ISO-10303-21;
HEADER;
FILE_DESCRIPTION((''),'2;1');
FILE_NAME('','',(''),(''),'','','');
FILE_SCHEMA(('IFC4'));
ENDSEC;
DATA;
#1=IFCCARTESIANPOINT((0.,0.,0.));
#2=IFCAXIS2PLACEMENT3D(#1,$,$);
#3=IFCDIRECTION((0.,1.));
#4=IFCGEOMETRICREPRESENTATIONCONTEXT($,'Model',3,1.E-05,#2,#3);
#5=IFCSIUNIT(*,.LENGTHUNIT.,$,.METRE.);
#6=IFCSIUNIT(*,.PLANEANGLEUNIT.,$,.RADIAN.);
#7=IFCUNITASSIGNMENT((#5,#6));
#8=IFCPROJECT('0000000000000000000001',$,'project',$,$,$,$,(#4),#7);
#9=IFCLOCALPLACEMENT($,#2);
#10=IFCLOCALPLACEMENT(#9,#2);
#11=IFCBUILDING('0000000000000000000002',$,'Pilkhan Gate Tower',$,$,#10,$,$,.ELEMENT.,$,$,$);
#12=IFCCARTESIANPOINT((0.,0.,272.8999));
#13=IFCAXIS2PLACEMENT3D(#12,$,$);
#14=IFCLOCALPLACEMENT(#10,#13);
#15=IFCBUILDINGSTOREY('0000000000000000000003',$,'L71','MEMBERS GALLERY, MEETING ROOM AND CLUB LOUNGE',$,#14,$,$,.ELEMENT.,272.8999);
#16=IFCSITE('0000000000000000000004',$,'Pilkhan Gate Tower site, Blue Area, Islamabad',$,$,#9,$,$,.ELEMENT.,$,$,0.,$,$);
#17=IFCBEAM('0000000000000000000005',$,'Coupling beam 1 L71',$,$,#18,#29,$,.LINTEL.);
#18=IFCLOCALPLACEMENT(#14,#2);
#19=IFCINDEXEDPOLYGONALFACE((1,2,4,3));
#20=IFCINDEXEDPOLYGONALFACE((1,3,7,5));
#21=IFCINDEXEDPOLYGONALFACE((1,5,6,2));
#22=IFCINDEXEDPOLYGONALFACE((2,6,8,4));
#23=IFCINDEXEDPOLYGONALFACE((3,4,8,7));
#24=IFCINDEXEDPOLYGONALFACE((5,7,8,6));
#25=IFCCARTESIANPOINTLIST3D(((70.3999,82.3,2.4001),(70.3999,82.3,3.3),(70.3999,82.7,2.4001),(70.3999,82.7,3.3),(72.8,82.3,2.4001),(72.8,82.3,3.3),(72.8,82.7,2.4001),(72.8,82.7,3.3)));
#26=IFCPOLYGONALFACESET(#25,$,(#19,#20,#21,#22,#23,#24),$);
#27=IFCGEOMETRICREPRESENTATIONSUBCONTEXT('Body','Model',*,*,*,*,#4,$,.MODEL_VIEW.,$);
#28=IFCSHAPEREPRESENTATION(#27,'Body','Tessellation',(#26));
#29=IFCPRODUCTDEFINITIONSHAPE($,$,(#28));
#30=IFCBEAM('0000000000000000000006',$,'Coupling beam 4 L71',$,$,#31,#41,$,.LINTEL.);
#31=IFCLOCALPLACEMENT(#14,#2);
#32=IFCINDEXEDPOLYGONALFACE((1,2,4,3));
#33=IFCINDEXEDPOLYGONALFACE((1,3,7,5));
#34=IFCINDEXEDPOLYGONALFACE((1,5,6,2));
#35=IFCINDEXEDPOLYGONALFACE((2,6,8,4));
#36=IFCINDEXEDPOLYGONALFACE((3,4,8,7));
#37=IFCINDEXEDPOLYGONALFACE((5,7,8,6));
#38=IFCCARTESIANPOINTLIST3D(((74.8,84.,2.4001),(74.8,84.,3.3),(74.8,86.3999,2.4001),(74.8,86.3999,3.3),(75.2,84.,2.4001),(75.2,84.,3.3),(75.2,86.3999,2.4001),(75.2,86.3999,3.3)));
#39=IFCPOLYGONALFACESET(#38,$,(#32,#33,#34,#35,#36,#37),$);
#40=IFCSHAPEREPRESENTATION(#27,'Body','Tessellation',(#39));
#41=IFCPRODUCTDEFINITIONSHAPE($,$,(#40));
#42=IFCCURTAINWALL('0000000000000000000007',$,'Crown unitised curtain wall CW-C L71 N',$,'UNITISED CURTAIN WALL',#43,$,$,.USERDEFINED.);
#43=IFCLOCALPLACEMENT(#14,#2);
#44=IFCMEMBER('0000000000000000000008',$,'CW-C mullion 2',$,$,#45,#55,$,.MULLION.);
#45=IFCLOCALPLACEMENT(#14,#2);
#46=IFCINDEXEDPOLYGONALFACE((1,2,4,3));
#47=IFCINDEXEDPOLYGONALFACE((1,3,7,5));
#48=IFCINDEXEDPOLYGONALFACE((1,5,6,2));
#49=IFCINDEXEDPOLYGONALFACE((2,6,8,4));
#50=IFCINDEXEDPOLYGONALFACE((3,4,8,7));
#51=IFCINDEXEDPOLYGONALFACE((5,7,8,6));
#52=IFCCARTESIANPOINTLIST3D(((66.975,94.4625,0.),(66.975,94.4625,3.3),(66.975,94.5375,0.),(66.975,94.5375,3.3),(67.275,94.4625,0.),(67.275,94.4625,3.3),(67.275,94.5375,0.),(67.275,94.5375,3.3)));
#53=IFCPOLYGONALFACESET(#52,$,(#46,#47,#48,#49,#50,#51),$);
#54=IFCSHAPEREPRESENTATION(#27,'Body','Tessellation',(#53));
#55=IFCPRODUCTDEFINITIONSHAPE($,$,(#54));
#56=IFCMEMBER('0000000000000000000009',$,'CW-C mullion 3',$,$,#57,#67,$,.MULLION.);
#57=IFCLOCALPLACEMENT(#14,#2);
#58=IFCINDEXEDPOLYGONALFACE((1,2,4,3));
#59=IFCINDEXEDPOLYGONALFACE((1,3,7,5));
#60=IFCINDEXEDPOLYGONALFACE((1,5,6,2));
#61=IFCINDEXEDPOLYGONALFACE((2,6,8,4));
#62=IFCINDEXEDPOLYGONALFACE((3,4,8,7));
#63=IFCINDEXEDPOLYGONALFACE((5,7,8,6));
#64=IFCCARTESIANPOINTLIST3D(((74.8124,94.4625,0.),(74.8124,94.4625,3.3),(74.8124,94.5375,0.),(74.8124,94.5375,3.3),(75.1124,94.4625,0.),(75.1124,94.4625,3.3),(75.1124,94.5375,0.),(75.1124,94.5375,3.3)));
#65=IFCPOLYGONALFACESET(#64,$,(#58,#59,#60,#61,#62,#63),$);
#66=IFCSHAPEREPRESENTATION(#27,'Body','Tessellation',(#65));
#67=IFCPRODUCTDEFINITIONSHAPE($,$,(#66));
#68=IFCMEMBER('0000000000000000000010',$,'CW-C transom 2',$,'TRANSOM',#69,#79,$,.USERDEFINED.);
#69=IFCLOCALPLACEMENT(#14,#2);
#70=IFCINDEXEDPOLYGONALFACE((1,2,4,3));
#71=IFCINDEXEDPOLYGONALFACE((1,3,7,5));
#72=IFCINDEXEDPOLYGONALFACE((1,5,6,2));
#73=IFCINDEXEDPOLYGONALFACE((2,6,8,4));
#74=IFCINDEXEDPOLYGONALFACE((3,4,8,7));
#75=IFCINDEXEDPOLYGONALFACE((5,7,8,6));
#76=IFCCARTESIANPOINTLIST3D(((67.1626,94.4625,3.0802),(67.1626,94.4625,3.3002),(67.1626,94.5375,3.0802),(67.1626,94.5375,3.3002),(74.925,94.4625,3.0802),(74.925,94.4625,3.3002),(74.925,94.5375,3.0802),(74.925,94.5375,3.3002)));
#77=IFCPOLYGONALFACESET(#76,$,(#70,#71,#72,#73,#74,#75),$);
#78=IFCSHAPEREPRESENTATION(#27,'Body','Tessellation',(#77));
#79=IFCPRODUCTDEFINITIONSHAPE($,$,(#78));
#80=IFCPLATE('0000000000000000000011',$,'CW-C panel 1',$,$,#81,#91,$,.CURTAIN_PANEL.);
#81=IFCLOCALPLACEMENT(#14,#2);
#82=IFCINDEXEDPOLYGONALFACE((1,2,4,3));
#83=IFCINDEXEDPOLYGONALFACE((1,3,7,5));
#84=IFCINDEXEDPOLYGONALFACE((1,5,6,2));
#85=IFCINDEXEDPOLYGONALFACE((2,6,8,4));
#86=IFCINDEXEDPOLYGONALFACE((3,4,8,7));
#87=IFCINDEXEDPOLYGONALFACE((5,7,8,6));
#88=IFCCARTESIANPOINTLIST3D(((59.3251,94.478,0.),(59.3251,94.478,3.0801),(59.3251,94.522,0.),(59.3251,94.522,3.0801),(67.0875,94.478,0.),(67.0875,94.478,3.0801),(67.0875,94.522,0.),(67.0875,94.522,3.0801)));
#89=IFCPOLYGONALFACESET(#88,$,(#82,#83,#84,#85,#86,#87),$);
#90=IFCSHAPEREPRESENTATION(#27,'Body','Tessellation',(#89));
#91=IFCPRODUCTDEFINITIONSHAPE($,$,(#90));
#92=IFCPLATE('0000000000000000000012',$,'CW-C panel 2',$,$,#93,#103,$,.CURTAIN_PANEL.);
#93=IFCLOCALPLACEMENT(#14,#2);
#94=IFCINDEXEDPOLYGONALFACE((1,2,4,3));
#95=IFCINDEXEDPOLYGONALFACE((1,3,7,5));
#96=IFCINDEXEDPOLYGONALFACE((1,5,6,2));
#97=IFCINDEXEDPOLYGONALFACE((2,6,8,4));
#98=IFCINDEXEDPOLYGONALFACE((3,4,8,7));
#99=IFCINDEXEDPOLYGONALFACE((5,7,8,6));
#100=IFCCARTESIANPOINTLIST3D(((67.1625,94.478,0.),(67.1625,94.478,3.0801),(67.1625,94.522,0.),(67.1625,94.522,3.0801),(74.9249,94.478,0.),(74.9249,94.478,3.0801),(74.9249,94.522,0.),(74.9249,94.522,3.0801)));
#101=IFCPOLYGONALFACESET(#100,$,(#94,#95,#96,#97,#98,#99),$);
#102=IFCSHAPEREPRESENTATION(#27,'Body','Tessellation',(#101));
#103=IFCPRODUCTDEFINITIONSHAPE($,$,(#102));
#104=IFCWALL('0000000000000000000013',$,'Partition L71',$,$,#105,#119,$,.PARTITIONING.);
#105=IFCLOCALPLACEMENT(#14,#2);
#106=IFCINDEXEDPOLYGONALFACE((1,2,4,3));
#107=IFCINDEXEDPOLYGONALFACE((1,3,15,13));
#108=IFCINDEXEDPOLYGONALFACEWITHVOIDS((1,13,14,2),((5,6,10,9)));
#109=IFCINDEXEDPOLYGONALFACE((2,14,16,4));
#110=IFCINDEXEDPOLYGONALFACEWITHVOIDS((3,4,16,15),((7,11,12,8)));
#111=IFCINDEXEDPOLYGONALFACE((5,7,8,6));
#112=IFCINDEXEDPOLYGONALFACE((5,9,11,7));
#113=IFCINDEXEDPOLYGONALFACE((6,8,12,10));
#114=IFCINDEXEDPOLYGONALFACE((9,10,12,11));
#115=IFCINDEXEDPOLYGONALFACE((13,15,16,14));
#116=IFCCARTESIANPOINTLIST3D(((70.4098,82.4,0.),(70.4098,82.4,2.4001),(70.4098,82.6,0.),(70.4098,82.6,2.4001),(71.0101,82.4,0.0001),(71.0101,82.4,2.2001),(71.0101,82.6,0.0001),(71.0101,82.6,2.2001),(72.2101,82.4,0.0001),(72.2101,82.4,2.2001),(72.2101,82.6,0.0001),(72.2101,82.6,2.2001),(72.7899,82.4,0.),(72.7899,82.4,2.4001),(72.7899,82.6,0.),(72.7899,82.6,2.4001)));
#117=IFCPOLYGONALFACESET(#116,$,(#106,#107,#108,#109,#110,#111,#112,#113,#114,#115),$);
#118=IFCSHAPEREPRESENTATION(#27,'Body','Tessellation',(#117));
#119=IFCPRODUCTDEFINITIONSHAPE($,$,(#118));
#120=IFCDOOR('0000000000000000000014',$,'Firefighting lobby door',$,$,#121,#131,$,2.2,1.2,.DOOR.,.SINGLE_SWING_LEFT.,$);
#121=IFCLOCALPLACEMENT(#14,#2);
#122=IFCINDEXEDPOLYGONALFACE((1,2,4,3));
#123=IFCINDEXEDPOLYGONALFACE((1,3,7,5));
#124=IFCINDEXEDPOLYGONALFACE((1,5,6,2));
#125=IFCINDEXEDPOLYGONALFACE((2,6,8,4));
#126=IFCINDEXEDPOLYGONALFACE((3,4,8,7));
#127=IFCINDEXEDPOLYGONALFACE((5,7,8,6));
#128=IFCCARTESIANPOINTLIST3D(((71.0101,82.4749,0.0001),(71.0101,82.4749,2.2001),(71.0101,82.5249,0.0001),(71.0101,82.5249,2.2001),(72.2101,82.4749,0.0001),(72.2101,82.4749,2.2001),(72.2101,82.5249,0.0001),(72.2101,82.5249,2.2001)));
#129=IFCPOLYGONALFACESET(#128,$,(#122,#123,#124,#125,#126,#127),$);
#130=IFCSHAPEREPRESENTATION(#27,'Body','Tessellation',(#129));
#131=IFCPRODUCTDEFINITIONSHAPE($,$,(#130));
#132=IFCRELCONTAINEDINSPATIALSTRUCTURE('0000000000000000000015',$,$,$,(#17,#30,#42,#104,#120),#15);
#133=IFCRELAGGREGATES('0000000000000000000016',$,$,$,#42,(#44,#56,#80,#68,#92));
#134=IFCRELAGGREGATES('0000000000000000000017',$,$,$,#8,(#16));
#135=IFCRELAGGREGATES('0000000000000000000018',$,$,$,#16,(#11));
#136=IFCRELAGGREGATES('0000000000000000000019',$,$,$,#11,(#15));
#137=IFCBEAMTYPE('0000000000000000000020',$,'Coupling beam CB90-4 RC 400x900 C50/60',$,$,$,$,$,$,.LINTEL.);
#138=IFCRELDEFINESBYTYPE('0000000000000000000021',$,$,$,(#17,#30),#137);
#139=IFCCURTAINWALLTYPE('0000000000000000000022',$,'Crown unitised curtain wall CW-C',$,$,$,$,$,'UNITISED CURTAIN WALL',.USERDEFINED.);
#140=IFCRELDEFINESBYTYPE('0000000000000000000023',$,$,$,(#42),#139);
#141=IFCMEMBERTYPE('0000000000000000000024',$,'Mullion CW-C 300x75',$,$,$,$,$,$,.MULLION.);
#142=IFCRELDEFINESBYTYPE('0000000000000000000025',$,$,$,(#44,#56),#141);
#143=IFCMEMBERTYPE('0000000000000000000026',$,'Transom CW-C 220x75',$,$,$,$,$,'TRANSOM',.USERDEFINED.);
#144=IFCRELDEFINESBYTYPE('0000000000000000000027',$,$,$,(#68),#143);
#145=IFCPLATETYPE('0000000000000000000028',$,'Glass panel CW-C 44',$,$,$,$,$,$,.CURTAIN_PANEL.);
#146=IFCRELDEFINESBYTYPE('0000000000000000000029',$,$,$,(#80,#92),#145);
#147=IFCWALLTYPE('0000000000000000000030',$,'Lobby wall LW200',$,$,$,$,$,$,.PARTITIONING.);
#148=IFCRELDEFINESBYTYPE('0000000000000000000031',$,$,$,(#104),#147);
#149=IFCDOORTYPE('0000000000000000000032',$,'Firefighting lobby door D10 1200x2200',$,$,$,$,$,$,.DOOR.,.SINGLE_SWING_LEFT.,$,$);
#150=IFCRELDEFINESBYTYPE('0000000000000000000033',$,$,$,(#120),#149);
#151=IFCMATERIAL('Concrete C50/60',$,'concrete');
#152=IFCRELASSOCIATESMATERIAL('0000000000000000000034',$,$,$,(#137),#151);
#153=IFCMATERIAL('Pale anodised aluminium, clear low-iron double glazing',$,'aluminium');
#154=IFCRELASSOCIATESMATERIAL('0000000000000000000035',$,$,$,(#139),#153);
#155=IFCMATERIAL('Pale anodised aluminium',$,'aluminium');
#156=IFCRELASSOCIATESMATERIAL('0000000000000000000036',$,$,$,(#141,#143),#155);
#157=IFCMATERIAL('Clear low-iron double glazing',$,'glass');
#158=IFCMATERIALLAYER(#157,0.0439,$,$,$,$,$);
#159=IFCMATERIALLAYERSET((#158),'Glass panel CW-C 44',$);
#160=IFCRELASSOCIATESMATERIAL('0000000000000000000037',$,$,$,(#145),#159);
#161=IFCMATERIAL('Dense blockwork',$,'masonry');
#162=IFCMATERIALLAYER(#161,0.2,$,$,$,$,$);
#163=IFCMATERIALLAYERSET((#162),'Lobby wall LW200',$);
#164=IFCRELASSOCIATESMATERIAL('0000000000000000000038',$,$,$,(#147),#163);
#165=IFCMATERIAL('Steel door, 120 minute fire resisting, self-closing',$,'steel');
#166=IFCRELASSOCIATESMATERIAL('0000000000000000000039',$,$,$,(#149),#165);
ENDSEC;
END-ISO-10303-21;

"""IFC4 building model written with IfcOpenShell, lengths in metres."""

from ifc_helpers import new_model, si_unit, direction, frame, frame_2d, origin, origin_2d, place, context, subcontext, project, spatial, rectangle, extrude, material, layer, layer_set, material_profile, profile_set, type_object, element, fill, aggregate, save


model = new_model("IFC4")

# Units and contexts
model_context = context("Model", 3, precision=1e-05, world=origin(), true_north=direction((0.0, 1.0)))
body_context = subcontext(model_context, "Body", "Model", "MODEL_VIEW")
ifc_project = project(units=[si_unit("LENGTHUNIT", "METRE"), si_unit("PLANEANGLEUNIT", "RADIAN")], contexts=[model_context])

# Site, building, storey
site_placement = place(None, origin())
site = spatial("IfcSite", under=ifc_project, at=site_placement, Name="Pilkhan Gate Tower site, Blue Area, Islamabad", CompositionType="ELEMENT", RefElevation=0.0)
building_placement = place(site_placement, origin())
building = spatial("IfcBuilding", under=site, at=building_placement, Name="Pilkhan Gate Tower", CompositionType="ELEMENT")
storey_placement = place(building_placement, frame((0.0, 0.0, 272.8999)))
storey = spatial("IfcBuildingStorey", under=building, at=storey_placement, Name="L71", Description="MEMBERS GALLERY, MEETING ROOM AND CLUB LOUNGE", CompositionType="ELEMENT", Elevation=272.8999)

# Beams
ifc_material_1 = material(Name="Concrete C50/60", Category="concrete")
ifc_material_profile_1 = material_profile(ifc_material_1, rectangle(XDim=0.3999, YDim=0.8999, at=origin_2d()), Name="RC 400x900")
ifc_profile_set_1 = profile_set([ifc_material_profile_1], Name="Concrete C50/60")
beam_type = type_object("IfcBeamType", Name="Coupling beam CB90-4 RC 400x900 C50/60", PredefinedType="LINTEL", material=ifc_profile_set_1)
beam_1_placement = place(storey_placement, frame((70.3999, 82.5, 2.8501), z_axis=(1.0, 0.0, 0.0), x_axis=(0.0, 1.0, 0.0)))
element("IfcBeam", 1, at=beam_1_placement, inside=storey, type_object=beam_type, Name="Coupling beam 1 L71", PredefinedType="LINTEL", context=body_context, shape_type="SweptSolid", body=[
    extrude(rectangle(XDim=0.3999, YDim=0.8999, at=origin_2d()), origin(), (0.0, 0.0, 1.0), 2.4001),
])
beam_2_placement = place(storey_placement, frame((75.0, 84.0, 2.8501), z_axis=(0.0, 1.0, 0.0), x_axis=(-1.0, 0.0, 0.0)))
element("IfcBeam", 2, at=beam_2_placement, inside=storey, type_object=beam_type, Name="Coupling beam 4 L71", PredefinedType="LINTEL", context=body_context, shape_type="SweptSolid", body=[
    extrude(rectangle(XDim=0.3999, YDim=0.8999, at=origin_2d()), origin(), (0.0, 0.0, 1.0), 2.3999),
])

# Curtain wall, members, plates
ifc_material_2 = material(Name="Pale anodised aluminium, clear low-iron double glazing", Category="aluminium")
curtain_wall_type = type_object("IfcCurtainWallType", Name="Crown unitised curtain wall CW-C", ElementType="UNITISED CURTAIN WALL", PredefinedType="USERDEFINED", material=ifc_material_2)
curtain_wall_placement = place(storey_placement, origin())
curtain_wall = element("IfcCurtainWall", 3, at=curtain_wall_placement, inside=storey, type_object=curtain_wall_type, Name="Crown unitised curtain wall CW-C L71 N", ObjectType="UNITISED CURTAIN WALL", PredefinedType="USERDEFINED")
ifc_material_3 = material(Name="Pale anodised aluminium", Category="aluminium")
ifc_material_profile_2 = material_profile(ifc_material_3, rectangle(XDim=0.075, YDim=0.3, at=origin_2d()), Name="Mullion 300x75")
ifc_profile_set_2 = profile_set([ifc_material_profile_2], Name="Pale anodised aluminium")
member_type_1 = type_object("IfcMemberType", Name="Mullion CW-C 300x75", PredefinedType="MULLION", material=ifc_profile_set_2)
member_1_placement = place(storey_placement, frame((67.125, 94.5, 0.0), z_axis=(0.0, 0.0, 1.0), x_axis=(0.0, 1.0, 0.0)))
member_1 = element("IfcMember", 4, at=member_1_placement, type_object=member_type_1, Name="CW-C mullion 2", PredefinedType="MULLION", context=body_context, shape_type="SweptSolid", body=[
    extrude(rectangle(XDim=0.075, YDim=0.3, at=origin_2d()), origin(), (0.0, 0.0, 1.0), 3.3),
])
member_2_placement = place(storey_placement, frame((74.9624, 94.5, 0.0), z_axis=(0.0, 0.0, 1.0), x_axis=(0.0, 1.0, 0.0)))
member_2 = element("IfcMember", 5, at=member_2_placement, type_object=member_type_1, Name="CW-C mullion 3", PredefinedType="MULLION", context=body_context, shape_type="SweptSolid", body=[
    extrude(rectangle(XDim=0.075, YDim=0.3, at=origin_2d()), origin(), (0.0, 0.0, 1.0), 3.3),
])
ifc_material_profile_3 = material_profile(ifc_material_3, rectangle(XDim=0.075, YDim=0.22, at=origin_2d()), Name="Transom 220x75")
ifc_profile_set_3 = profile_set([ifc_material_profile_3], Name="Pale anodised aluminium")
member_type_2 = type_object("IfcMemberType", Name="Transom CW-C 220x75", ElementType="TRANSOM", PredefinedType="USERDEFINED", material=ifc_profile_set_3)
member_3_placement = place(storey_placement, frame((67.1626, 94.5, 3.1902), z_axis=(1.0, 0.0, 0.0), x_axis=(0.0, 1.0, 0.0)))
member_3 = element("IfcMember", 6, at=member_3_placement, type_object=member_type_2, Name="CW-C transom 2", ObjectType="TRANSOM", PredefinedType="USERDEFINED", context=body_context, shape_type="SweptSolid", body=[
    extrude(rectangle(XDim=0.075, YDim=0.22, at=origin_2d()), origin(), (0.0, 0.0, 1.0), 7.7625),
])
ifc_material_4 = material(Name="Clear low-iron double glazing", Category="glass")
ifc_layer_1 = layer(ifc_material_4, 0.0439)
ifc_layer_set_1 = layer_set([ifc_layer_1], Name="Glass panel CW-C 44")
plate_type = type_object("IfcPlateType", Name="Glass panel CW-C 44", PredefinedType="CURTAIN_PANEL", material=ifc_layer_set_1)
plate_1_placement = place(storey_placement, frame((63.2063, 94.5, 0.0), z_axis=(0.0, 0.0, 1.0), x_axis=(1.0, 0.0, 0.0)))
plate_1 = element("IfcPlate", 7, at=plate_1_placement, type_object=plate_type, Name="CW-C panel 1", PredefinedType="CURTAIN_PANEL", context=body_context, shape_type="SweptSolid", body=[
    extrude(rectangle(XDim=7.7625, YDim=0.0439, at=origin_2d()), origin(), (0.0, 0.0, 1.0), 3.0801),
])
plate_2_placement = place(storey_placement, frame((71.0437, 94.5, 0.0), z_axis=(0.0, 0.0, 1.0), x_axis=(1.0, 0.0, 0.0)))
plate_2 = element("IfcPlate", 8, at=plate_2_placement, type_object=plate_type, Name="CW-C panel 2", PredefinedType="CURTAIN_PANEL", context=body_context, shape_type="SweptSolid", body=[
    extrude(rectangle(XDim=7.7625, YDim=0.0439, at=origin_2d()), origin(), (0.0, 0.0, 1.0), 3.0801),
])
aggregate(curtain_wall, [member_1, member_2, plate_1, member_3, plate_2])

# Wall, opening, door
ifc_material_5 = material(Name="Dense blockwork", Category="masonry")
ifc_layer_2 = layer(ifc_material_5, 0.2)
ifc_layer_set_2 = layer_set([ifc_layer_2], Name="Lobby wall LW200")
wall_type_1 = type_object("IfcWallType", Name="Lobby wall LW200", PredefinedType="PARTITIONING", material=ifc_layer_set_2)
wall_1_placement = place(storey_placement, frame((70.4099, 82.5, 0.0), z_axis=(0.0, 0.0, 1.0), x_axis=(1.0, 0.0, 0.0)))
wall_1 = element("IfcWall", 9, at=wall_1_placement, inside=storey, type_object=wall_type_1, Name="Partition L71", PredefinedType="PARTITIONING", context=body_context, shape_type="SweptSolid", body=[
    extrude(rectangle(XDim=2.3801, YDim=0.2, at=frame_2d((1.1899, 0.0))), origin(), (0.0, 0.0, 1.0), 2.4001),
])
opening_1_placement = place(wall_1_placement, frame((0.6001, 0.0, 0.0)))
opening_1 = element("IfcOpeningElement", 10, at=opening_1_placement, cuts=wall_1, PredefinedType="OPENING", context=body_context, shape_type="SweptSolid", body=[
    extrude(rectangle(XDim=1.2, YDim=2.2, at=frame_2d((0.6001, 1.1001))), frame((0.0, 0.1099, 0.0), z_axis=(0.0, -1.0, 0.0), x_axis=(1.0, 0.0, 0.0)), (0.0, 0.0, 1.0), 0.22),
])
ifc_material_6 = material(Name="Steel door, 120 minute fire resisting, self-closing", Category="steel")
door_type_1 = type_object("IfcDoorType", Name="Firefighting lobby door D10 1200x2200", OperationType="SINGLE_SWING_LEFT", PredefinedType="DOOR", material=ifc_material_6)
door_1_placement = place(opening_1_placement, origin())
door_1 = element("IfcDoor", 11, at=door_1_placement, inside=storey, type_object=door_type_1, Name="Firefighting lobby door", OperationType="SINGLE_SWING_LEFT", OverallHeight=2.2, OverallWidth=1.2, PredefinedType="DOOR", context=body_context, shape_type="SweptSolid", body=[
    extrude(rectangle(XDim=1.2, YDim=2.2, at=frame_2d((0.6001, 1.1001))), frame((0.0, 0.0249, 0.0), z_axis=(0.0, -1.0, 0.0), x_axis=(1.0, 0.0, 0.0)), (0.0, 0.0, 1.0), 0.05),
])
fill(opening_1, door_1)

save(model, "model.ifc")
